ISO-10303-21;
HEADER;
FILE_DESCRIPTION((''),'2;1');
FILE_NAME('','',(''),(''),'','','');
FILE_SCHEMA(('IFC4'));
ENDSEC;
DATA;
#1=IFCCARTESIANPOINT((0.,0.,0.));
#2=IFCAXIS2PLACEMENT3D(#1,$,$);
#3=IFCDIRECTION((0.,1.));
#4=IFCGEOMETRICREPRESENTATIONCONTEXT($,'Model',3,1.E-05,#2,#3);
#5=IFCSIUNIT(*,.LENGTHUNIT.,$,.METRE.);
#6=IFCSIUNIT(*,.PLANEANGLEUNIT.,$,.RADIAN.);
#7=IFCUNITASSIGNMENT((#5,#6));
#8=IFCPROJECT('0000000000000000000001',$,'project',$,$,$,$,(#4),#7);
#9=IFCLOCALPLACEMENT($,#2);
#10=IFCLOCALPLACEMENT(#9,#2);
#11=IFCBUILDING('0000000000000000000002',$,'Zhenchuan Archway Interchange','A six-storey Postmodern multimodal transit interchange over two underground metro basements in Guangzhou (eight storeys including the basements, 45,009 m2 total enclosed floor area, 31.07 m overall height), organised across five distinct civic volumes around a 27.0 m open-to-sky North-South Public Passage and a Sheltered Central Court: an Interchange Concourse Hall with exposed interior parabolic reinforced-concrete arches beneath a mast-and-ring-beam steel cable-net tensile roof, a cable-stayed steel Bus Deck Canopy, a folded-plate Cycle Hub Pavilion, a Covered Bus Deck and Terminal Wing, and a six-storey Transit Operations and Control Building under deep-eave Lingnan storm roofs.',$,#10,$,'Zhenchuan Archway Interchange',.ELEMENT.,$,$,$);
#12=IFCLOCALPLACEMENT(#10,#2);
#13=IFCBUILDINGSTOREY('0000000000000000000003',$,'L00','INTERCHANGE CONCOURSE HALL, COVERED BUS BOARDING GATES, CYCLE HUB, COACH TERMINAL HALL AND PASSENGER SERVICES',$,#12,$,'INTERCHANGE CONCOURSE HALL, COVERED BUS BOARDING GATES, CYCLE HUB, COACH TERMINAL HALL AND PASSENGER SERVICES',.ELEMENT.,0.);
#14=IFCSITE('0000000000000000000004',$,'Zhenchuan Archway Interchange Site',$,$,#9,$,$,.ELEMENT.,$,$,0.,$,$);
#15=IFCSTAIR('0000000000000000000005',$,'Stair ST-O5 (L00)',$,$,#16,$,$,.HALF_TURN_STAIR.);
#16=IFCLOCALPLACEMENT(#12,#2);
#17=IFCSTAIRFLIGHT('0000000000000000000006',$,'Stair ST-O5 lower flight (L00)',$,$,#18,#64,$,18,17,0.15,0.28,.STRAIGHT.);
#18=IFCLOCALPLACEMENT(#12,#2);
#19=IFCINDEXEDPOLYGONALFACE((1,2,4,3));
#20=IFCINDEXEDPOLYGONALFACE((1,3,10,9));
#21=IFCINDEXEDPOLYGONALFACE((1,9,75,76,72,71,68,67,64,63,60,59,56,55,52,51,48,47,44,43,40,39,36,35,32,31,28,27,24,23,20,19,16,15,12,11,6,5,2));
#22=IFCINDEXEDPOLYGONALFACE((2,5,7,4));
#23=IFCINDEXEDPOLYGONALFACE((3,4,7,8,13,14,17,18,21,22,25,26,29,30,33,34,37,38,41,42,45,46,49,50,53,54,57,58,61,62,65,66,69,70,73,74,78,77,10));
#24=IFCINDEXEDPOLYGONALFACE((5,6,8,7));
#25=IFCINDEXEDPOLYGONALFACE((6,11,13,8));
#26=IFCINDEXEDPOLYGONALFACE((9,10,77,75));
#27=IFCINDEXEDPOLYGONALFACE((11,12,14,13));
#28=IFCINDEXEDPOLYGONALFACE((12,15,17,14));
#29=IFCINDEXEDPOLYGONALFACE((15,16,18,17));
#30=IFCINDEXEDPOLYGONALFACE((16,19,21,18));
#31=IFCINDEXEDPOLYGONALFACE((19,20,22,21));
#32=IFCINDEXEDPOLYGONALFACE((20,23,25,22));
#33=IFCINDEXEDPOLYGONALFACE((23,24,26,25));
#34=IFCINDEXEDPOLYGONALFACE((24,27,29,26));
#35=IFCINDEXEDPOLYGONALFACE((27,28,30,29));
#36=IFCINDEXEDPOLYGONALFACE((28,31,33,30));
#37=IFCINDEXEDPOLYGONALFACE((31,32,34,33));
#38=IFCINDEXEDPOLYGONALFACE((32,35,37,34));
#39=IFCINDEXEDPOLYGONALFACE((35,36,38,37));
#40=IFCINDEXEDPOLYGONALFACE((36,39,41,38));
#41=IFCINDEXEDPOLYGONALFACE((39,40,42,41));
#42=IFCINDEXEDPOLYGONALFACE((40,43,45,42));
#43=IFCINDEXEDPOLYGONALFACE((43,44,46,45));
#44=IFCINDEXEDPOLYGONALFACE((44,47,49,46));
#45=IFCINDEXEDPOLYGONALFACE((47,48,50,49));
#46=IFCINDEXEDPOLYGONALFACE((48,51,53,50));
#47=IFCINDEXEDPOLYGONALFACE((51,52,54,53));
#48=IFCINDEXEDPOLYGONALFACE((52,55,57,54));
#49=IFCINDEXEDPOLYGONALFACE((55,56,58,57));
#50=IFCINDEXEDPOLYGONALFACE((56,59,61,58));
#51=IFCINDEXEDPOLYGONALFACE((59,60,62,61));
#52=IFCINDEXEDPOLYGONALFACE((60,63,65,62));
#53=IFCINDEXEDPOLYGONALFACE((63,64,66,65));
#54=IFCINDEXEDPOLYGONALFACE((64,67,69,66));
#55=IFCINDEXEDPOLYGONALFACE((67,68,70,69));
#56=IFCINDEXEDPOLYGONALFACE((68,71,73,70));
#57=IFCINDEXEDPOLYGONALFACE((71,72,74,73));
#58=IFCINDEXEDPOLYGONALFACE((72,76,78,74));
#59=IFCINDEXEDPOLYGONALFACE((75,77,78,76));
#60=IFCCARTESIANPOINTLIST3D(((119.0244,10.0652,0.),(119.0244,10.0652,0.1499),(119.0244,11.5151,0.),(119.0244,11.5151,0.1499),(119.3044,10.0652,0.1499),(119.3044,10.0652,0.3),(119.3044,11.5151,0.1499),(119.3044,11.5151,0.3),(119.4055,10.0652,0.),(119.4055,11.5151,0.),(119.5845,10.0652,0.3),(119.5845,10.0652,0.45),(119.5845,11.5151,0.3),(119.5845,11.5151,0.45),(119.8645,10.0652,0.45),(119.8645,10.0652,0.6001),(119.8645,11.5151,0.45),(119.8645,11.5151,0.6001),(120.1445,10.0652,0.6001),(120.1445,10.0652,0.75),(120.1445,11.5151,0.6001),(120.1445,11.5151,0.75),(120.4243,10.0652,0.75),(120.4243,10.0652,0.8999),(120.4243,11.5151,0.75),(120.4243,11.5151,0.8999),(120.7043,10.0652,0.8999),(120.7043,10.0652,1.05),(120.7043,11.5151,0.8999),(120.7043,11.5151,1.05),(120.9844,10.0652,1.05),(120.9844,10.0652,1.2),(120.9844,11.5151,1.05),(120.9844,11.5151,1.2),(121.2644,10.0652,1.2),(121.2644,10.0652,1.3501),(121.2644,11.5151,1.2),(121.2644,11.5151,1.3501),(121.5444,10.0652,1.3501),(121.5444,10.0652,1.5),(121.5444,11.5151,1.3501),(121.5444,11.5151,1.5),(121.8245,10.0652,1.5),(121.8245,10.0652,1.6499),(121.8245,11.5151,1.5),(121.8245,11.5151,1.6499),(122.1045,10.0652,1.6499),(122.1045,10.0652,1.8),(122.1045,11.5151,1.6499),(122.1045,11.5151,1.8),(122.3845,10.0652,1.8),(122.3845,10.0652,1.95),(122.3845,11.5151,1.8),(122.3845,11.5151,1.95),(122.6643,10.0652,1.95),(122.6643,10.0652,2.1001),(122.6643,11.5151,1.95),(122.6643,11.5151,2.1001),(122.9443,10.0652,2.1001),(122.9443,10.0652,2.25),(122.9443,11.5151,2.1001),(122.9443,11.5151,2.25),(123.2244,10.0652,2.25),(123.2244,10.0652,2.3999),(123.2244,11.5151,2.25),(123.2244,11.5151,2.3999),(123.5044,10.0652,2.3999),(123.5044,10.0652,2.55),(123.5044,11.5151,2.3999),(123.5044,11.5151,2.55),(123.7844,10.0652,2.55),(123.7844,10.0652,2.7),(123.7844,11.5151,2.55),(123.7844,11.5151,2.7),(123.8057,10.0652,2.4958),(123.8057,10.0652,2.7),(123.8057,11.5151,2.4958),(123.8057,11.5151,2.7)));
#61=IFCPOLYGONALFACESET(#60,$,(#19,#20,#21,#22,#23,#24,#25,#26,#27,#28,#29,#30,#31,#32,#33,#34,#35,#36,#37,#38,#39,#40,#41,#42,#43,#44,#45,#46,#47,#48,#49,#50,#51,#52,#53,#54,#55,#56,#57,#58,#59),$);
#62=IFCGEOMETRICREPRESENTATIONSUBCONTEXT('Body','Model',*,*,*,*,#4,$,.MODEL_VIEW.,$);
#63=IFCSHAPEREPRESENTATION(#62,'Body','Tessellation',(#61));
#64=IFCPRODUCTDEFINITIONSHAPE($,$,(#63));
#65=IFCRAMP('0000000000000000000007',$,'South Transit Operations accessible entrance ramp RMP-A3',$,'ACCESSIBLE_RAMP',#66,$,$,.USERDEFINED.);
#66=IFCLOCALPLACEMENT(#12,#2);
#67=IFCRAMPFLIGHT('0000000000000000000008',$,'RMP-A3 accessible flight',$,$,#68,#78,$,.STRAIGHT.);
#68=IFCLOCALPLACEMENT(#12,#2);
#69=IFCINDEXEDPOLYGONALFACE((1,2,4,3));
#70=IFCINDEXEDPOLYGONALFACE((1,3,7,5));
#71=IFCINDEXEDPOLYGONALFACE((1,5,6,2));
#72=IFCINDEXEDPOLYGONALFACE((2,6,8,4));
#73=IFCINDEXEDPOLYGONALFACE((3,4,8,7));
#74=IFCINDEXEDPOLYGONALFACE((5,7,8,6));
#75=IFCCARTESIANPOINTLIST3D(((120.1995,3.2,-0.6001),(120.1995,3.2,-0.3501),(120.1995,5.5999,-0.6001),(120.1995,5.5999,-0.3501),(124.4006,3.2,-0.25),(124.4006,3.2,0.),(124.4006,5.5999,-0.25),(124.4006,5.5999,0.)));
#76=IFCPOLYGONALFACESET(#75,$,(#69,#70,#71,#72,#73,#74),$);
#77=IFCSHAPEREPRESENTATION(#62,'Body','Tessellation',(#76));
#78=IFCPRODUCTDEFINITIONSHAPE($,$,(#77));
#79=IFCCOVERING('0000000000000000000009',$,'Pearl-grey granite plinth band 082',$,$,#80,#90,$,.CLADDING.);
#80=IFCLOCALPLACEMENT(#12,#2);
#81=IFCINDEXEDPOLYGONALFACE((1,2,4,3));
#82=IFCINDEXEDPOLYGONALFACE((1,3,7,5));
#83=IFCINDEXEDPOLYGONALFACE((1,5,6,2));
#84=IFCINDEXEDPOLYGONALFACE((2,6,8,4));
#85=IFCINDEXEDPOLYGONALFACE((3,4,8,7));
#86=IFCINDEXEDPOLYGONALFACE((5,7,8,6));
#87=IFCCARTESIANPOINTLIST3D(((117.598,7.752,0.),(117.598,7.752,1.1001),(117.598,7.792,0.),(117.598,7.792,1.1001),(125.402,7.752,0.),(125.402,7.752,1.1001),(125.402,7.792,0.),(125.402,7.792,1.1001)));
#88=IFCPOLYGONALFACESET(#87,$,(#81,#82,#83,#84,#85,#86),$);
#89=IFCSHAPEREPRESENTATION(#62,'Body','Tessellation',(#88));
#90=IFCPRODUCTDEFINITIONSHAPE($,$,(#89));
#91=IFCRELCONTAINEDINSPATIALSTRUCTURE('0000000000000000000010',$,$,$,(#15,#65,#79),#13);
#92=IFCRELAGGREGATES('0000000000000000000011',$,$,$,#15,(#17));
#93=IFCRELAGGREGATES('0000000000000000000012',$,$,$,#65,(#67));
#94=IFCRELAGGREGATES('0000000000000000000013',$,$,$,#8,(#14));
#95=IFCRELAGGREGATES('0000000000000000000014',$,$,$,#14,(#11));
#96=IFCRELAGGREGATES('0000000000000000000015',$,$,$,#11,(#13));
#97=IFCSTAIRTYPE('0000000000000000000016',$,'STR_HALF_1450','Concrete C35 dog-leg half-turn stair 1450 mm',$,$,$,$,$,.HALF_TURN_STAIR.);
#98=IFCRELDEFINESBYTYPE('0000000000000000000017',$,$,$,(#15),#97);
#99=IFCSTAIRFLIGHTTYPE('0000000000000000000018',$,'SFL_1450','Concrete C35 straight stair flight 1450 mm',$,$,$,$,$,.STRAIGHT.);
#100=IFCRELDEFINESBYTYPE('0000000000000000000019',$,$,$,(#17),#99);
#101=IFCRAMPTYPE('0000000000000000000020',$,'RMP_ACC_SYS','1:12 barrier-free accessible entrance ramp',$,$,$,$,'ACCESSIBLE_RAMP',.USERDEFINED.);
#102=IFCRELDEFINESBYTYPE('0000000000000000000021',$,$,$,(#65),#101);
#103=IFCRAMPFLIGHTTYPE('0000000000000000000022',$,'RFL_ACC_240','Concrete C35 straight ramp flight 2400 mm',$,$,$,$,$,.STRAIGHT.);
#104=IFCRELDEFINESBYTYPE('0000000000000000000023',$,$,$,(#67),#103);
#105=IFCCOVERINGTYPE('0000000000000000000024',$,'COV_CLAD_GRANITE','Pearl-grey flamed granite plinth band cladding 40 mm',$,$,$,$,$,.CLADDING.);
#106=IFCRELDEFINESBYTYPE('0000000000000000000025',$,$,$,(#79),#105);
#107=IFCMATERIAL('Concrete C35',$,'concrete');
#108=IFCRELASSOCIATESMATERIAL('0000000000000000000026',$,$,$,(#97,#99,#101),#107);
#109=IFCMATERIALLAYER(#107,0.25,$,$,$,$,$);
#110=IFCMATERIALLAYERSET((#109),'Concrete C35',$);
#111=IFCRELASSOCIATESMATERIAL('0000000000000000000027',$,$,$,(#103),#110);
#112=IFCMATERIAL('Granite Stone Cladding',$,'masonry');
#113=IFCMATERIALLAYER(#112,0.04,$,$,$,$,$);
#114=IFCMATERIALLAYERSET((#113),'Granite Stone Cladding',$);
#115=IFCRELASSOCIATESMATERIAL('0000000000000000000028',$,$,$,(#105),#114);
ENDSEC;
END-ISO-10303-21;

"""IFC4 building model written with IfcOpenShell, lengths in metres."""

from ifc_helpers import new_model, si_unit, direction, frame, origin, origin_2d, place, context, subcontext, project, spatial, polyline, rectangle, outline, extrude, material, layer, layer_set, type_object, element, aggregate, save


model = new_model("IFC4")

# Units and contexts
model_context = context("Model", 3, precision=1e-05, world=origin(), true_north=direction((0.0, 1.0)))
body_context = subcontext(model_context, "Body", "Model", "MODEL_VIEW")
ifc_project = project(units=[si_unit("LENGTHUNIT", "METRE"), si_unit("PLANEANGLEUNIT", "RADIAN")], contexts=[model_context])

# Site, building, storey
site_placement = place(None, origin())
site = spatial("IfcSite", under=ifc_project, at=site_placement, Name="Zhenchuan Archway Interchange Site", CompositionType="ELEMENT", RefElevation=0.0)
building_placement = place(site_placement, origin())
building = spatial("IfcBuilding", under=site, at=building_placement, Name="Zhenchuan Archway Interchange", Description="A six-storey Postmodern multimodal transit interchange over two underground metro basements in Guangzhou (eight storeys including the basements, 45,009 m2 total enclosed floor area, 31.07 m overall height), organised across five distinct civic volumes around a 27.0 m open-to-sky North-South Public Passage and a Sheltered Central Court: an Interchange Concourse Hall with exposed interior parabolic reinforced-concrete arches beneath a mast-and-ring-beam steel cable-net tensile roof, a cable-stayed steel Bus Deck Canopy, a folded-plate Cycle Hub Pavilion, a Covered Bus Deck and Terminal Wing, and a six-storey Transit Operations and Control Building under deep-eave Lingnan storm roofs.", LongName="Zhenchuan Archway Interchange", CompositionType="ELEMENT")
storey_placement = place(building_placement, origin())
storey = spatial("IfcBuildingStorey", under=building, at=storey_placement, Name="L00", Description="INTERCHANGE CONCOURSE HALL, COVERED BUS BOARDING GATES, CYCLE HUB, COACH TERMINAL HALL AND PASSENGER SERVICES", LongName="INTERCHANGE CONCOURSE HALL, COVERED BUS BOARDING GATES, CYCLE HUB, COACH TERMINAL HALL AND PASSENGER SERVICES", CompositionType="ELEMENT", Elevation=0.0)

# Shared definitions
ifc_material_1 = material(Name="Concrete C35", Category="concrete")

# Stair, stair flight
stair_type = type_object("IfcStairType", Name="STR_HALF_1450", Description="Concrete C35 dog-leg half-turn stair 1450 mm", PredefinedType="HALF_TURN_STAIR", material=ifc_material_1)
stair_placement = place(storey_placement, origin())
stair = element("IfcStair", 1, at=stair_placement, inside=storey, type_object=stair_type, Name="Stair ST-O5 (L00)", PredefinedType="HALF_TURN_STAIR")
stair_flight_type = type_object("IfcStairFlightType", Name="SFL_1450", Description="Concrete C35 straight stair flight 1450 mm", PredefinedType="STRAIGHT", material=ifc_material_1)
stair_flight_placement = place(storey_placement, frame((119.0244, 10.79, 0.0), z_axis=(0.0, 0.0, 1.0), x_axis=(1.0, 0.0, 0.0)))
stair_flight = element("IfcStairFlight", 2, at=stair_flight_placement, type_object=stair_flight_type, Name="Stair ST-O5 lower flight (L00)", NumberOfRisers=18, NumberOfTreads=17, PredefinedType="STRAIGHT", RiserHeight=0.15, TreadLength=0.28, context=body_context, shape_type="SweptSolid", body=[
    extrude(outline(polyline([(0.0, 0.0), (0.0, 0.1499), (0.28, 0.1499), (0.28, 0.3), (0.5601, 0.3), (0.5601, 0.45), (0.8401, 0.45), (0.8401, 0.6001), (1.1201, 0.6001), (1.1201, 0.75), (1.3999, 0.75), (1.3999, 0.8999), (1.6799, 0.8999), (1.6799, 1.05), (1.96, 1.05), (1.96, 1.2), (2.24, 1.2), (2.24, 1.3501), (2.52, 1.3501), (2.52, 1.5), (2.8, 1.5), (2.8, 1.6499), (3.0801, 1.6499), (3.0801, 1.8), (3.3601, 1.8), (3.3601, 1.95), (3.6399, 1.95), (3.6399, 2.1001), (3.9199, 2.1001), (3.9199, 2.25), (4.2, 2.25), (4.2, 2.3999), (4.48, 2.3999), (4.48, 2.55), (4.76, 2.55), (4.76, 2.7), (4.7812, 2.7), (4.7812, 2.4958), (0.3811, 0.0), (0.0, 0.0)])), frame((0.0, 0.7251, 0.0), z_axis=(0.0, -1.0, 0.0), x_axis=(1.0, 0.0, 0.0)), (0.0, 0.0, 1.0), 1.45),
])
aggregate(stair, [stair_flight])

# Ramp, ramp flight
ramp_type = type_object("IfcRampType", Name="RMP_ACC_SYS", Description="1:12 barrier-free accessible entrance ramp", ElementType="ACCESSIBLE_RAMP", PredefinedType="USERDEFINED", material=ifc_material_1)
ramp_placement = place(storey_placement, origin())
ramp = element("IfcRamp", 3, at=ramp_placement, inside=storey, type_object=ramp_type, Name="South Transit Operations accessible entrance ramp RMP-A3", ObjectType="ACCESSIBLE_RAMP", PredefinedType="USERDEFINED")
ifc_layer_1 = layer(ifc_material_1, 0.25)
ifc_layer_set_1 = layer_set([ifc_layer_1], Name="Concrete C35")
ramp_flight_type = type_object("IfcRampFlightType", Name="RFL_ACC_240", Description="Concrete C35 straight ramp flight 2400 mm", PredefinedType="STRAIGHT", material=ifc_layer_set_1)
ramp_flight_placement = place(storey_placement, frame((120.1995, 4.3999, -0.3501), z_axis=(0.0, 0.0, 1.0), x_axis=(1.0, 0.0, 0.0)))
ramp_flight = element("IfcRampFlight", 4, at=ramp_flight_placement, type_object=ramp_flight_type, Name="RMP-A3 accessible flight", PredefinedType="STRAIGHT", context=body_context, shape_type="SweptSolid", body=[
    extrude(outline(polyline([(0.0, 0.0), (4.2012, 0.3501), (4.2012, 0.1001), (0.0, -0.25), (0.0, 0.0)])), frame((0.0, 1.2, 0.0), z_axis=(0.0, -1.0, 0.0), x_axis=(1.0, 0.0, 0.0)), (0.0, 0.0, 1.0), 2.3999),
])
aggregate(ramp, [ramp_flight])

# Covering
ifc_material_2 = material(Name="Granite Stone Cladding", Category="masonry")
ifc_layer_2 = layer(ifc_material_2, 0.04)
ifc_layer_set_2 = layer_set([ifc_layer_2], Name="Granite Stone Cladding")
covering_type = type_object("IfcCoveringType", Name="COV_CLAD_GRANITE", Description="Pearl-grey flamed granite plinth band cladding 40 mm", PredefinedType="CLADDING", material=ifc_layer_set_2)
covering_placement = place(storey_placement, frame((121.5, 7.772, 0.0), z_axis=(0.0, 0.0, 1.0), x_axis=(-1.0, 0.0, 0.0)))
element("IfcCovering", 5, at=covering_placement, inside=storey, type_object=covering_type, Name="Pearl-grey granite plinth band 082", PredefinedType="CLADDING", context=body_context, shape_type="SweptSolid", body=[
    extrude(rectangle(XDim=7.804, YDim=0.04, at=origin_2d()), origin(), (0.0, 0.0, 1.0), 1.1001),
])

save(model, "model.ifc")
